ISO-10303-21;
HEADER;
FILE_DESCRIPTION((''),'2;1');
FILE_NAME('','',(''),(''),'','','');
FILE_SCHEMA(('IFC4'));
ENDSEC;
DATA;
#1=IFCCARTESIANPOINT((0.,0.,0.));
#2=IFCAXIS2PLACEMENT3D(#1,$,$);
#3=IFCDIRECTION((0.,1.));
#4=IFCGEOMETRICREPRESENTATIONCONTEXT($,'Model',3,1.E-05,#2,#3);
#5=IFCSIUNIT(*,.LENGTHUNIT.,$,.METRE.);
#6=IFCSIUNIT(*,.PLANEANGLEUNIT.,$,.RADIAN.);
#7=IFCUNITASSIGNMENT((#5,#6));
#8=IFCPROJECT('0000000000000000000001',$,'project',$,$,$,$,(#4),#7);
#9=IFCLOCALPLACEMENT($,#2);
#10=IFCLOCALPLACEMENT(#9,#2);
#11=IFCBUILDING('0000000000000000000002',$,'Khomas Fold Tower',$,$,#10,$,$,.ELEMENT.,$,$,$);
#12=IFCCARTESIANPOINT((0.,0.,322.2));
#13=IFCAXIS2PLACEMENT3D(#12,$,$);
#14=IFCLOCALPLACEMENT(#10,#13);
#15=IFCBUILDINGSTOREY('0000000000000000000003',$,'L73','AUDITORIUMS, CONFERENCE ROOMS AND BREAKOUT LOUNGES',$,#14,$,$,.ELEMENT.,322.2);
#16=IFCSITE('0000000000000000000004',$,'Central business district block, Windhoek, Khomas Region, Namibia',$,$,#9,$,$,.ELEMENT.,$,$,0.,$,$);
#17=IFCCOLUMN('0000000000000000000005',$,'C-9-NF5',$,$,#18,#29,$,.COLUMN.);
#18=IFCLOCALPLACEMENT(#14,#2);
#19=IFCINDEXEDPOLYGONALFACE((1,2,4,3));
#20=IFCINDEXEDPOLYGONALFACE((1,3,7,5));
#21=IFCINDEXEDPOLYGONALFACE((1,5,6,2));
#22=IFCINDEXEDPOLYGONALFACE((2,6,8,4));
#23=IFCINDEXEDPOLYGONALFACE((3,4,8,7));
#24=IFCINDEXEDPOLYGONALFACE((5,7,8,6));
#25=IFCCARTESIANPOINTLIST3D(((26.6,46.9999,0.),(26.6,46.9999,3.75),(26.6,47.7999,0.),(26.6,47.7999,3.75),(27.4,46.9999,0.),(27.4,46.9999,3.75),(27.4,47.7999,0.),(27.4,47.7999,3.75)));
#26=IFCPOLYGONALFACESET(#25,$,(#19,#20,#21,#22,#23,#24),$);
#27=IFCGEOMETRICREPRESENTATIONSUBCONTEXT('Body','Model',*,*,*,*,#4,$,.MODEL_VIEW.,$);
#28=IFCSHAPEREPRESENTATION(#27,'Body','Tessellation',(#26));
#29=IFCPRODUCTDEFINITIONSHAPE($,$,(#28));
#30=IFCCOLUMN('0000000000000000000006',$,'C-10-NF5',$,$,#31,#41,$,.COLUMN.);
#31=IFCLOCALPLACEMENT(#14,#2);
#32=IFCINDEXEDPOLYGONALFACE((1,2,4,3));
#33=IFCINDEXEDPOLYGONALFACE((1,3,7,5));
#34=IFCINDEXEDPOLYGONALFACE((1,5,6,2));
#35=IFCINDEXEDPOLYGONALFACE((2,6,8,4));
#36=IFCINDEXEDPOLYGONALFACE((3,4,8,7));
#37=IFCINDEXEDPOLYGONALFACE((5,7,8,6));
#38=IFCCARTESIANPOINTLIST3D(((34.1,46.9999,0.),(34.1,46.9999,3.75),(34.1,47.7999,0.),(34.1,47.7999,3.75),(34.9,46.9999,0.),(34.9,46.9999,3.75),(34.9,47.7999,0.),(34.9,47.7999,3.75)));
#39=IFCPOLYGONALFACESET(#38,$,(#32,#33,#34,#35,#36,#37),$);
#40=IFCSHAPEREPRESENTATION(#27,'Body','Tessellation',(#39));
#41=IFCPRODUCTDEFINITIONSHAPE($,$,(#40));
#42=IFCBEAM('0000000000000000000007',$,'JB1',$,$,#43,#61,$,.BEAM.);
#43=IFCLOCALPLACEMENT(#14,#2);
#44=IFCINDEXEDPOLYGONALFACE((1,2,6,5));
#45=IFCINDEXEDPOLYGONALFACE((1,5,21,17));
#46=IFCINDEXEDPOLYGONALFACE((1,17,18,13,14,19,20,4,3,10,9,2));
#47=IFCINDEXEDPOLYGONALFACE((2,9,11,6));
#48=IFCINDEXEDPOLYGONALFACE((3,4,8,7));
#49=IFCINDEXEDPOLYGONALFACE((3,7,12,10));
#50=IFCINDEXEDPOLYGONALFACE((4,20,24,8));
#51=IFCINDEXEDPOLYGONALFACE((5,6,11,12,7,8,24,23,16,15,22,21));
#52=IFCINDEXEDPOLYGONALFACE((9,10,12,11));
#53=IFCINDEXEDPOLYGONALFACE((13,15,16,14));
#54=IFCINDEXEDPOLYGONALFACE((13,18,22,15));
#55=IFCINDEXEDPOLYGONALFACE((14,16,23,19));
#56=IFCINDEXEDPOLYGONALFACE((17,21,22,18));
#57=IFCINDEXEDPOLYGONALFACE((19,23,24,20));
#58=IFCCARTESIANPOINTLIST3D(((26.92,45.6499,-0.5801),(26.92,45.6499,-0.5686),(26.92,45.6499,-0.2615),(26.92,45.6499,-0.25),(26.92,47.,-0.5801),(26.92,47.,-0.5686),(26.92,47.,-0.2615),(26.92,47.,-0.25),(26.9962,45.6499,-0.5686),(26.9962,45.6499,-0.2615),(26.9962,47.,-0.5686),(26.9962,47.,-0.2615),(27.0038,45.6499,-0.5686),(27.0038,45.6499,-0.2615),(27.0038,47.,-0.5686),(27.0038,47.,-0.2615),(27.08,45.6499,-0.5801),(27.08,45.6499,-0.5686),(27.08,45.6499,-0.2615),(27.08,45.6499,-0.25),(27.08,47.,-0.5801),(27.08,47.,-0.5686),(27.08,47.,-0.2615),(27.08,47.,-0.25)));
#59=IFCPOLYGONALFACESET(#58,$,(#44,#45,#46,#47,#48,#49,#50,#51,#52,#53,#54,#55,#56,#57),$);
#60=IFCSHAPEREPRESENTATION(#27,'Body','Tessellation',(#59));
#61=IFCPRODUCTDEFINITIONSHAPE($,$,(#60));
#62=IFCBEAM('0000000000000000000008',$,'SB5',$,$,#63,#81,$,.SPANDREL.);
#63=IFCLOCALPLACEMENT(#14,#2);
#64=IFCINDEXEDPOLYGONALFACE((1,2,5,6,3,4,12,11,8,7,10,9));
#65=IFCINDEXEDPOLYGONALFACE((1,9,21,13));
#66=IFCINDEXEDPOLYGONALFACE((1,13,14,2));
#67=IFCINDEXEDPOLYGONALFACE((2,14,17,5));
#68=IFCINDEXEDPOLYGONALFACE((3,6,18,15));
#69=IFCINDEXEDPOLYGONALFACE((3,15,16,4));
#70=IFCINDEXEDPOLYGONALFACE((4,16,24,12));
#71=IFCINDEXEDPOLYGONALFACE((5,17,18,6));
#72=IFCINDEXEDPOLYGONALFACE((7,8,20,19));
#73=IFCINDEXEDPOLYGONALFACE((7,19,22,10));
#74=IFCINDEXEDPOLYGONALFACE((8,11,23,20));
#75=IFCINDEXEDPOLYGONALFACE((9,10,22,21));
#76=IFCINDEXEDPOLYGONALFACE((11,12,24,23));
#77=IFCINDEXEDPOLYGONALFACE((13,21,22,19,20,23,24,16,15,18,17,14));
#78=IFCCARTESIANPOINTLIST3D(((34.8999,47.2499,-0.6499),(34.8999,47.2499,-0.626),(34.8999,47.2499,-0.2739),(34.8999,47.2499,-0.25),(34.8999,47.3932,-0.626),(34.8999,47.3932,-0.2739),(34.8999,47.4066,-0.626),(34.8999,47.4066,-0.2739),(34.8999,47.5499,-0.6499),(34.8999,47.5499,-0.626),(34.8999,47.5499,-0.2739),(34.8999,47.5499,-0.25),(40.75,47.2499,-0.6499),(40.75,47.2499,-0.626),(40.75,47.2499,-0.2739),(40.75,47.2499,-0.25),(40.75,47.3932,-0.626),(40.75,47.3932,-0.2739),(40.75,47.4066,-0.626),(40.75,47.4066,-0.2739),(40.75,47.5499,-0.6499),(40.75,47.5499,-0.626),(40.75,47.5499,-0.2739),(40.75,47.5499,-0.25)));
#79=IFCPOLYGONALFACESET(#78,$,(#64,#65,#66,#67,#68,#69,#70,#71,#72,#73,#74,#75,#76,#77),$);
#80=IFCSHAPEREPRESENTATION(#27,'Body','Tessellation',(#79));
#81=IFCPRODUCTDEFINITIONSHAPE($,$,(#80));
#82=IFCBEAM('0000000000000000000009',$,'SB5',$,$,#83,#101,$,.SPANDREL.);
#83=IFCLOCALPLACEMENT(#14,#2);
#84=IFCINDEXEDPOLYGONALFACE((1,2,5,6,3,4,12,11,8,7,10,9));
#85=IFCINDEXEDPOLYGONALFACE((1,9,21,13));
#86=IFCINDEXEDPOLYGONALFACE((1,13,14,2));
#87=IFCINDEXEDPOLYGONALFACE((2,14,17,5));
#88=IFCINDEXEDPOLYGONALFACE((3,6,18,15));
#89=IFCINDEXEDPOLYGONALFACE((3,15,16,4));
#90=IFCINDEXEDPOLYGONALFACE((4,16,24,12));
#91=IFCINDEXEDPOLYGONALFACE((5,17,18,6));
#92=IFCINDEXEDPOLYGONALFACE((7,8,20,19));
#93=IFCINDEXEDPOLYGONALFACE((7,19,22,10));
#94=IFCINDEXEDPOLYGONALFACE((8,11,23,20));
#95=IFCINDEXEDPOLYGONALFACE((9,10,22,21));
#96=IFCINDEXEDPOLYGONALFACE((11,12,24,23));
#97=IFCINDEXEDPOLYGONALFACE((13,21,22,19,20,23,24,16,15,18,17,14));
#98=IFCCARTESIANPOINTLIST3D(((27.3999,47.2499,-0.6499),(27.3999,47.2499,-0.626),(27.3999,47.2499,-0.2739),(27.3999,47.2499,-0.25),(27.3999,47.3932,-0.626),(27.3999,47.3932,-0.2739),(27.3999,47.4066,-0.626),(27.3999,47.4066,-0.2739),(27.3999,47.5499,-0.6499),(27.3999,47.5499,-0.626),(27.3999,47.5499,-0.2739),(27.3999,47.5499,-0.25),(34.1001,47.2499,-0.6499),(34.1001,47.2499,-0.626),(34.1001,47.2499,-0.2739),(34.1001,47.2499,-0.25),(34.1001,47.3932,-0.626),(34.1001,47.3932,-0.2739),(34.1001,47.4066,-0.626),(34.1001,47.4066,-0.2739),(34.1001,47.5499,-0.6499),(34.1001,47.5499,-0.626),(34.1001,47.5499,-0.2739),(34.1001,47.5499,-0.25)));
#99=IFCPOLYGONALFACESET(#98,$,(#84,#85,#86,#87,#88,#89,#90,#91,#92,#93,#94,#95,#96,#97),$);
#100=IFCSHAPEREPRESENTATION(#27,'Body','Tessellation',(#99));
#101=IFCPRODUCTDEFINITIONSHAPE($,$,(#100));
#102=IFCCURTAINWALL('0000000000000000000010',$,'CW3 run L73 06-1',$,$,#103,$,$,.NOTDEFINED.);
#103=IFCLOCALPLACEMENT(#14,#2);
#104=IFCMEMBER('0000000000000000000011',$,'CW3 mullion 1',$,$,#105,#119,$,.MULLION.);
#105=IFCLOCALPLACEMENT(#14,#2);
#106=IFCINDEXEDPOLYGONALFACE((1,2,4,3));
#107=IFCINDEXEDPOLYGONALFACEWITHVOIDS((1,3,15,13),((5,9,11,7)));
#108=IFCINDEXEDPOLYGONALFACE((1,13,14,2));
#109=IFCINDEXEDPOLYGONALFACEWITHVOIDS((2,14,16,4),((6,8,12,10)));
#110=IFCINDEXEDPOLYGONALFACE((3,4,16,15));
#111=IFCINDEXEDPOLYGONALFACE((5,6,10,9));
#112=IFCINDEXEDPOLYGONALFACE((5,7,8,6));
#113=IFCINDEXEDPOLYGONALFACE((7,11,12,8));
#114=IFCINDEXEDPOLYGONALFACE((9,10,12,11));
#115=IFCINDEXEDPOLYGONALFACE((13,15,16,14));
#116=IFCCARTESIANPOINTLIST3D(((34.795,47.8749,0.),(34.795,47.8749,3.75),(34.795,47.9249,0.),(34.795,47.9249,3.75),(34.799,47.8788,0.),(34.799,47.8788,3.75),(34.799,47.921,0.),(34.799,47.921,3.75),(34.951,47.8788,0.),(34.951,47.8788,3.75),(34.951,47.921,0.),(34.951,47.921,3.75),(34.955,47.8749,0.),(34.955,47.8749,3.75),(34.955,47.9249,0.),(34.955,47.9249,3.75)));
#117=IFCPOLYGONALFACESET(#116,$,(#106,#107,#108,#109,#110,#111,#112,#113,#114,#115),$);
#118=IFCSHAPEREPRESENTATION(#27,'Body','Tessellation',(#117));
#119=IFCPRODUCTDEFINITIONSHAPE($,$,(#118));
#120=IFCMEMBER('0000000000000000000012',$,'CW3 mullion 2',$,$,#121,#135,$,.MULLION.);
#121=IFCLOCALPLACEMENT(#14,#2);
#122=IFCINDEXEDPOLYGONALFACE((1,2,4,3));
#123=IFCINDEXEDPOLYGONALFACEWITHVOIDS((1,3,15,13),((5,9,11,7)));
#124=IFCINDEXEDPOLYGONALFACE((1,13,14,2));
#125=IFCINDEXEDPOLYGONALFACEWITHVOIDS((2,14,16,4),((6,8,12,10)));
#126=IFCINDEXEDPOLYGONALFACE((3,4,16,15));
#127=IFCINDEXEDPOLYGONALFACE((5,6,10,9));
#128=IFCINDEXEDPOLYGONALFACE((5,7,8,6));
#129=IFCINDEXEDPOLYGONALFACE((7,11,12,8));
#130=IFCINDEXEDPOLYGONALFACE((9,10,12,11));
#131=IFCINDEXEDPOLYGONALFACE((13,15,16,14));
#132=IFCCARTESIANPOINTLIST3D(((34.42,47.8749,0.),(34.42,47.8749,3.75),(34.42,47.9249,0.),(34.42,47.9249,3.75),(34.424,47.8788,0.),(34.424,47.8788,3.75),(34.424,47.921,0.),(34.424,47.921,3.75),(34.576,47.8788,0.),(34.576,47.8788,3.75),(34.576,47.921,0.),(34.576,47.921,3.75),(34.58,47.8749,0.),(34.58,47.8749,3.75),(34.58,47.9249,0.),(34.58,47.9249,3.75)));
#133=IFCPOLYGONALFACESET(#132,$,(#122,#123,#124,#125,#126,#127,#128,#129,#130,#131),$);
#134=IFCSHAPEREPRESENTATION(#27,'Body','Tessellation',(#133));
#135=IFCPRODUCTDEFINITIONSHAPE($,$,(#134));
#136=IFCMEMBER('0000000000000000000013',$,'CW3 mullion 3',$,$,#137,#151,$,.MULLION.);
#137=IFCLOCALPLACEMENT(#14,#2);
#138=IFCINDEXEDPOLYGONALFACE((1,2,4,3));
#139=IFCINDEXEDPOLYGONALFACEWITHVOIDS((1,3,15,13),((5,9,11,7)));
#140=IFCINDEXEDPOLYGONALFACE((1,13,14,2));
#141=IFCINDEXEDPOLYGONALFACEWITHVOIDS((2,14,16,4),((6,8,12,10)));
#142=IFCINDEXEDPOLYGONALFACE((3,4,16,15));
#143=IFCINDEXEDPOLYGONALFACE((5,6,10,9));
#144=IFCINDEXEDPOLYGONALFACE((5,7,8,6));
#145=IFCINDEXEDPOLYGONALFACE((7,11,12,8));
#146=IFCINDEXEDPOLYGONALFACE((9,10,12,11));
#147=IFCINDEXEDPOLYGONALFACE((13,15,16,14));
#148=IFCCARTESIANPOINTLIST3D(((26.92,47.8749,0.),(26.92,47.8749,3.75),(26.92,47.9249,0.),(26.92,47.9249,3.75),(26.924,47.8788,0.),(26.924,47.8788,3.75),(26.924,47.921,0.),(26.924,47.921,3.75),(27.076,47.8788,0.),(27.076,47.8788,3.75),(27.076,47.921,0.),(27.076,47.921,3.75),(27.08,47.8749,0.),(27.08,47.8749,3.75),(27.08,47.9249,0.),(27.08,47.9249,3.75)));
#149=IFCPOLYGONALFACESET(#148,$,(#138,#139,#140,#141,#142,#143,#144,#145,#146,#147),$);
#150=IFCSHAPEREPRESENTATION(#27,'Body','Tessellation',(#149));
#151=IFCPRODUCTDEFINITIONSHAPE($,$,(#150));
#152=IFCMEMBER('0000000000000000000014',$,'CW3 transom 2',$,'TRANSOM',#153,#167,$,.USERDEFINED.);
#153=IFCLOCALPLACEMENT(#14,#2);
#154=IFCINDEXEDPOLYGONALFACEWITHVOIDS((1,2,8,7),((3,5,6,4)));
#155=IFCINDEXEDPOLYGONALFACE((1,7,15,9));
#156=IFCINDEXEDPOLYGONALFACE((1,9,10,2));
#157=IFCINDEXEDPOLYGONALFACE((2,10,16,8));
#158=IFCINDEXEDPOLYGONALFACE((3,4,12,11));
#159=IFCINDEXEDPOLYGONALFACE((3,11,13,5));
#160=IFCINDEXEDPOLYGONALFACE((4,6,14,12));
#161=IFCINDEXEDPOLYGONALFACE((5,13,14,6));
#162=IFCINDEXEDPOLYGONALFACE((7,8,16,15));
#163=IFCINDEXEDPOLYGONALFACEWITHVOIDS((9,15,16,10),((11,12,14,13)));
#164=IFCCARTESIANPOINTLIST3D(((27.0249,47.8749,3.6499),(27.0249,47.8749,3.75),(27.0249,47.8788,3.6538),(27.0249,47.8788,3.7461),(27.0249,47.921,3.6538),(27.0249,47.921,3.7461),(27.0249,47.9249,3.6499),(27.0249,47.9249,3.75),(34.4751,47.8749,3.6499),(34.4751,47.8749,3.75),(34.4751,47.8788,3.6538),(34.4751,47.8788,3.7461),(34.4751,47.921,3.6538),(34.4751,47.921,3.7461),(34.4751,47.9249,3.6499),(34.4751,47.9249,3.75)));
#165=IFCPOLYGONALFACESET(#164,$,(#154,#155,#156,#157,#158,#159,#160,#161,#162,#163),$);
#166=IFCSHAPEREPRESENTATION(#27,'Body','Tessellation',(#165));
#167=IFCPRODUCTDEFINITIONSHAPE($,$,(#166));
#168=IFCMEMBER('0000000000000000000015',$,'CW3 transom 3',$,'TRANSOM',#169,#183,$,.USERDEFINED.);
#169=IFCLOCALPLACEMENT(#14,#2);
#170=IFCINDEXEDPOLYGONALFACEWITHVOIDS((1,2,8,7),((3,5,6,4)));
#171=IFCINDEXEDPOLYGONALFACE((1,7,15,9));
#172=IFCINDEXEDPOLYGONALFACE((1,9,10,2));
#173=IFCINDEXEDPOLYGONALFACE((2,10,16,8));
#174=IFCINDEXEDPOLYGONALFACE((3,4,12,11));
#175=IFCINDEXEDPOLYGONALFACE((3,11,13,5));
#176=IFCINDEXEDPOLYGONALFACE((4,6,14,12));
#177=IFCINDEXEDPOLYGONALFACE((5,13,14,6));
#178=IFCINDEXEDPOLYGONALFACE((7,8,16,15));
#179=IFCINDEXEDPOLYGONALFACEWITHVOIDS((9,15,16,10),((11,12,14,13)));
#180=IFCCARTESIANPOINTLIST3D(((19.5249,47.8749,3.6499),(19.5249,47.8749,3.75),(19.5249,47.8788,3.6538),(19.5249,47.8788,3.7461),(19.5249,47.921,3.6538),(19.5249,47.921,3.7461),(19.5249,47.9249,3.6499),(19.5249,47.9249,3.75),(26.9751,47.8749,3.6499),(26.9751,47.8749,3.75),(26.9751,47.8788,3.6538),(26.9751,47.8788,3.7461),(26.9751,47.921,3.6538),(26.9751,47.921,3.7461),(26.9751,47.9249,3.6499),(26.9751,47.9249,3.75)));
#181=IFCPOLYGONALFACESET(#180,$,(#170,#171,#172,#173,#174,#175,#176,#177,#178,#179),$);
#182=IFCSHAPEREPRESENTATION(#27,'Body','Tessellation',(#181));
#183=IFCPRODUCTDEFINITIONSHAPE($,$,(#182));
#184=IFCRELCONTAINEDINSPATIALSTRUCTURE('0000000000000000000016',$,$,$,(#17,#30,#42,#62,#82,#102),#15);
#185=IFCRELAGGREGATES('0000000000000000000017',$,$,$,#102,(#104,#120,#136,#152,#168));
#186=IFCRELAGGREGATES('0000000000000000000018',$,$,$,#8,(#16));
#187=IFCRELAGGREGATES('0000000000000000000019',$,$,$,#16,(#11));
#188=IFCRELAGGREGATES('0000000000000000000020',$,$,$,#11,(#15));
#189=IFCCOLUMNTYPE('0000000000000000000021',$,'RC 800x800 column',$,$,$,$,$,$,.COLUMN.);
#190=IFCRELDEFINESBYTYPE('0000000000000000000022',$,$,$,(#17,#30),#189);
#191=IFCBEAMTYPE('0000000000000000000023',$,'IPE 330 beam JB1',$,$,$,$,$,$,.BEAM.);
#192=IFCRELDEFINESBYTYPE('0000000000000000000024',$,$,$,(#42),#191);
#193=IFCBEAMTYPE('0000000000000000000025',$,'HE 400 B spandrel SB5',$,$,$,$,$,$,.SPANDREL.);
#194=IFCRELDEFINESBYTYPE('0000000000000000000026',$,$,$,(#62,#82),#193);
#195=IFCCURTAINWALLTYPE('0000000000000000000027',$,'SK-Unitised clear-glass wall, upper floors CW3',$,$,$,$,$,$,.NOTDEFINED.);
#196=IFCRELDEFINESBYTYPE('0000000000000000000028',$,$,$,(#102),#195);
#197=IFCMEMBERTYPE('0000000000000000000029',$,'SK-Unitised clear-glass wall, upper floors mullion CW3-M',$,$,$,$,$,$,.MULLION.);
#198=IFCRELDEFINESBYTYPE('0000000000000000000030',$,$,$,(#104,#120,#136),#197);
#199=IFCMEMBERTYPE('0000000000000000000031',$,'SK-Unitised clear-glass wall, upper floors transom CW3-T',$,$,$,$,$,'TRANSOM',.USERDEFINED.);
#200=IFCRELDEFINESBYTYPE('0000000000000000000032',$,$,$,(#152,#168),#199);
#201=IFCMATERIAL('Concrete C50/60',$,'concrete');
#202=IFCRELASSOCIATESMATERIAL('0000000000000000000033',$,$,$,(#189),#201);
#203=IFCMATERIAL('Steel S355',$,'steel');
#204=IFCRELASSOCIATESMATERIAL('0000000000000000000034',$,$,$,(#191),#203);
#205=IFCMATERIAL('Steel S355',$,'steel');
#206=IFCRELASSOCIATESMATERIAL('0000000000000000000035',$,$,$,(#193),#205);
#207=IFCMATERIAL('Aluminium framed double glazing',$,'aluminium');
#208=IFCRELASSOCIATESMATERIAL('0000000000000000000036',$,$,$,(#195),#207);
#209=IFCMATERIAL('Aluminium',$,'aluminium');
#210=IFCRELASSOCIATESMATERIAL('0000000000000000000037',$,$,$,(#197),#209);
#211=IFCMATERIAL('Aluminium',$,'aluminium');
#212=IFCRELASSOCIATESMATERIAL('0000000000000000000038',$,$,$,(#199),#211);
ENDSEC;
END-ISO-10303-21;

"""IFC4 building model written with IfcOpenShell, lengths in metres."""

from ifc_helpers import new_model, si_unit, direction, frame, origin, origin_2d, place, context, subcontext, project, spatial, rectangle, hollow_rectangle, i_section, extrude, source, transform, mapped, material, material_profile, profile_set, type_object, element, aggregate, save


model = new_model("IFC4")

# Units and contexts
model_context = context("Model", 3, precision=1e-05, world=origin(), true_north=direction((0.0, 1.0)))
body_context = subcontext(model_context, "Body", "Model", "MODEL_VIEW")
ifc_project = project(units=[si_unit("LENGTHUNIT", "METRE"), si_unit("PLANEANGLEUNIT", "RADIAN")], contexts=[model_context])

# Site, building, storey
site_placement = place(None, origin())
site = spatial("IfcSite", under=ifc_project, at=site_placement, Name="Central business district block, Windhoek, Khomas Region, Namibia", CompositionType="ELEMENT", RefElevation=0.0)
building_placement = place(site_placement, origin())
building = spatial("IfcBuilding", under=site, at=building_placement, Name="Khomas Fold Tower", CompositionType="ELEMENT")
storey_placement = place(building_placement, frame((0.0, 0.0, 322.2)))
storey = spatial("IfcBuildingStorey", under=building, at=storey_placement, Name="L73", Description="AUDITORIUMS, CONFERENCE ROOMS AND BREAKOUT LOUNGES", CompositionType="ELEMENT", Elevation=322.2)

# Columns
ifc_material_1 = material(Name="Concrete C50/60", Category="concrete")
ifc_material_profile_1 = material_profile(ifc_material_1, rectangle(XDim=0.8, YDim=0.8, at=origin_2d()), Name="RC 800x800")
ifc_profile_set_1 = profile_set([ifc_material_profile_1], Name="Concrete C50/60")
column_type = type_object("IfcColumnType", Name="RC 800x800 column", PredefinedType="COLUMN", material=ifc_profile_set_1)
shared_shape_1 = source(origin(), body_context, "Body", "SweptSolid", [
    extrude(rectangle(XDim=0.8, YDim=0.8, at=origin_2d()), origin(), (0.0, 0.0, 1.0), 3.75),
])
for number, where, z_axis, x_axis, name in (
    (1, (27.0, 47.3999, 0.0), (0.0, 0.0, 1.0), (1.0, 0.0, 0.0), "C-9-NF5"),
    (2, (34.5, 47.3999, 0.0), (0.0, 0.0, 1.0), (1.0, 0.0, 0.0), "C-10-NF5"),
):
    element("IfcColumn", number, at=place(storey_placement, frame(where, z_axis=z_axis, x_axis=x_axis)), inside=storey, type_object=column_type, Name=name, PredefinedType="COLUMN", context=body_context, shape_type="MappedRepresentation", body=[
        mapped(shared_shape_1, transform((0.0, 0.0, 0.0))),
    ])

# Beams
ifc_material_2 = material(Name="Steel S355", Category="steel")
ifc_material_profile_2 = material_profile(ifc_material_2, i_section(OverallWidth=0.1599, OverallDepth=0.3301, WebThickness=0.0076, FlangeThickness=0.0115, at=origin_2d()), Name="IPE 330")
ifc_profile_set_2 = profile_set([ifc_material_profile_2], Name="Steel S355")
beam_type_1 = type_object("IfcBeamType", Name="IPE 330 beam JB1", PredefinedType="BEAM", material=ifc_profile_set_2)
shared_shape_2 = source(origin(), body_context, "Body", "SweptSolid", [
    extrude(i_section(OverallWidth=0.1599, OverallDepth=0.3301, WebThickness=0.0076, FlangeThickness=0.0115, at=origin_2d()), origin(), (0.0, 0.0, 1.0), 1.3501),
])
beam_1_placement = place(storey_placement, frame((27.0, 45.6499, -0.415), z_axis=(0.0, 1.0, 0.0), x_axis=(-1.0, 0.0, 0.0)))
element("IfcBeam", 3, at=beam_1_placement, inside=storey, type_object=beam_type_1, Name="JB1", PredefinedType="BEAM", context=body_context, shape_type="MappedRepresentation", body=[
    mapped(shared_shape_2, transform((0.0, 0.0, 0.0))),
])
ifc_material_3 = material(Name="Steel S355", Category="steel")
ifc_material_profile_3 = material_profile(ifc_material_3, i_section(OverallWidth=0.3, OverallDepth=0.3999, WebThickness=0.0134, FlangeThickness=0.0239, at=origin_2d()), Name="HE 400 B")
ifc_profile_set_3 = profile_set([ifc_material_profile_3], Name="Steel S355")
beam_type_2 = type_object("IfcBeamType", Name="HE 400 B spandrel SB5", PredefinedType="SPANDREL", material=ifc_profile_set_3)
shared_shape_3 = source(origin(), body_context, "Body", "SweptSolid", [
    extrude(i_section(OverallWidth=0.3, OverallDepth=0.3999, WebThickness=0.0134, FlangeThickness=0.0239, at=origin_2d()), origin(), (0.0, 0.0, 1.0), 5.8501),
])
beam_2_placement = place(storey_placement, frame((34.8999, 47.3999, -0.45), z_axis=(1.0, 0.0, 0.0), x_axis=(0.0, 1.0, 0.0)))
element("IfcBeam", 4, at=beam_2_placement, inside=storey, type_object=beam_type_2, Name="SB5", PredefinedType="SPANDREL", context=body_context, shape_type="MappedRepresentation", body=[
    mapped(shared_shape_3, transform((0.0, 0.0, 0.0))),
])
shared_shape_4 = source(origin(), body_context, "Body", "SweptSolid", [
    extrude(i_section(OverallWidth=0.3, OverallDepth=0.3999, WebThickness=0.0134, FlangeThickness=0.0239, at=origin_2d()), origin(), (0.0, 0.0, 1.0), 6.7002),
])
beam_3_placement = place(storey_placement, frame((27.3999, 47.3999, -0.45), z_axis=(1.0, 0.0, 0.0), x_axis=(0.0, 1.0, 0.0)))
element("IfcBeam", 5, at=beam_3_placement, inside=storey, type_object=beam_type_2, Name="SB5", PredefinedType="SPANDREL", context=body_context, shape_type="MappedRepresentation", body=[
    mapped(shared_shape_4, transform((0.0, 0.0, 0.0))),
])

# Curtain wall, members
ifc_material_4 = material(Name="Aluminium framed double glazing", Category="aluminium")
curtain_wall_type = type_object("IfcCurtainWallType", Name="SK-Unitised clear-glass wall, upper floors CW3", PredefinedType="NOTDEFINED", material=ifc_material_4)
curtain_wall_placement = place(storey_placement, origin())
curtain_wall = element("IfcCurtainWall", 6, at=curtain_wall_placement, inside=storey, type_object=curtain_wall_type, Name="CW3 run L73 06-1", PredefinedType="NOTDEFINED")
ifc_material_5 = material(Name="Aluminium", Category="aluminium")
ifc_material_profile_4 = material_profile(ifc_material_5, hollow_rectangle(XDim=0.05, YDim=0.1599, WallThickness=0.0039, at=origin_2d()), Name="SK-Unitised clear-glass wall, upper floors mullion CW3-M")
ifc_profile_set_4 = profile_set([ifc_material_profile_4], Name="Aluminium")
member_type_1 = type_object("IfcMemberType", Name="SK-Unitised clear-glass wall, upper floors mullion CW3-M", PredefinedType="MULLION", material=ifc_profile_set_4)
shared_shape_5 = source(origin(), body_context, "Body", "SweptSolid", [
    extrude(hollow_rectangle(XDim=0.05, YDim=0.1599, WallThickness=0.0039, at=origin_2d()), origin(), (0.0, 0.0, 1.0), 3.75),
])
member_1_placement = place(storey_placement, frame((34.875, 47.8999, 0.0), z_axis=(0.0, 0.0, 1.0), x_axis=(0.0, -1.0, 0.0)))
member_1 = element("IfcMember", 7, at=member_1_placement, type_object=member_type_1, Name="CW3 mullion 1", PredefinedType="MULLION", context=body_context, shape_type="MappedRepresentation", body=[
    mapped(shared_shape_5, transform((0.0, 0.0, 0.0))),
])
member_2_placement = place(storey_placement, frame((34.5, 47.8999, 0.0), z_axis=(0.0, 0.0, 1.0), x_axis=(0.0, -1.0, 0.0)))
member_2 = element("IfcMember", 8, at=member_2_placement, type_object=member_type_1, Name="CW3 mullion 2", PredefinedType="MULLION", context=body_context, shape_type="MappedRepresentation", body=[
    mapped(shared_shape_5, transform((0.0, 0.0, 0.0))),
])
member_3_placement = place(storey_placement, frame((27.0, 47.8999, 0.0), z_axis=(0.0, 0.0, 1.0), x_axis=(0.0, -1.0, 0.0)))
member_3 = element("IfcMember", 9, at=member_3_placement, type_object=member_type_1, Name="CW3 mullion 3", PredefinedType="MULLION", context=body_context, shape_type="MappedRepresentation", body=[
    mapped(shared_shape_5, transform((0.0, 0.0, 0.0))),
])
ifc_material_6 = material(Name="Aluminium", Category="aluminium")
ifc_material_profile_5 = material_profile(ifc_material_6, hollow_rectangle(XDim=0.05, YDim=0.1001, WallThickness=0.0039, at=origin_2d()), Name="SK-Unitised clear-glass wall, upper floors transom CW3-T")
ifc_profile_set_5 = profile_set([ifc_material_profile_5], Name="Aluminium")
member_type_2 = type_object("IfcMemberType", Name="SK-Unitised clear-glass wall, upper floors transom CW3-T", ElementType="TRANSOM", PredefinedType="USERDEFINED", material=ifc_profile_set_5)
shared_shape_6 = source(origin(), body_context, "Body", "SweptSolid", [
    extrude(hollow_rectangle(XDim=0.05, YDim=0.1001, WallThickness=0.0039, at=origin_2d()), origin(), (0.0, 0.0, 1.0), 7.4502),
])
member_4_placement = place(storey_placement, frame((34.4751, 47.8999, 3.7), z_axis=(-1.0, 0.0, 0.0), x_axis=(0.0, -1.0, 0.0)))
member_4 = element("IfcMember", 10, at=member_4_placement, type_object=member_type_2, Name="CW3 transom 2", ObjectType="TRANSOM", PredefinedType="USERDEFINED", context=body_context, shape_type="MappedRepresentation", body=[
    mapped(shared_shape_6, transform((0.0, 0.0, 0.0))),
])
member_5_placement = place(storey_placement, frame((26.9751, 47.8999, 3.7), z_axis=(-1.0, 0.0, 0.0), x_axis=(0.0, -1.0, 0.0)))
member_5 = element("IfcMember", 11, at=member_5_placement, type_object=member_type_2, Name="CW3 transom 3", ObjectType="TRANSOM", PredefinedType="USERDEFINED", context=body_context, shape_type="MappedRepresentation", body=[
    mapped(shared_shape_6, transform((0.0, 0.0, 0.0))),
])
aggregate(curtain_wall, [member_1, member_2, member_3, member_4, member_5])

save(model, "model.ifc")
